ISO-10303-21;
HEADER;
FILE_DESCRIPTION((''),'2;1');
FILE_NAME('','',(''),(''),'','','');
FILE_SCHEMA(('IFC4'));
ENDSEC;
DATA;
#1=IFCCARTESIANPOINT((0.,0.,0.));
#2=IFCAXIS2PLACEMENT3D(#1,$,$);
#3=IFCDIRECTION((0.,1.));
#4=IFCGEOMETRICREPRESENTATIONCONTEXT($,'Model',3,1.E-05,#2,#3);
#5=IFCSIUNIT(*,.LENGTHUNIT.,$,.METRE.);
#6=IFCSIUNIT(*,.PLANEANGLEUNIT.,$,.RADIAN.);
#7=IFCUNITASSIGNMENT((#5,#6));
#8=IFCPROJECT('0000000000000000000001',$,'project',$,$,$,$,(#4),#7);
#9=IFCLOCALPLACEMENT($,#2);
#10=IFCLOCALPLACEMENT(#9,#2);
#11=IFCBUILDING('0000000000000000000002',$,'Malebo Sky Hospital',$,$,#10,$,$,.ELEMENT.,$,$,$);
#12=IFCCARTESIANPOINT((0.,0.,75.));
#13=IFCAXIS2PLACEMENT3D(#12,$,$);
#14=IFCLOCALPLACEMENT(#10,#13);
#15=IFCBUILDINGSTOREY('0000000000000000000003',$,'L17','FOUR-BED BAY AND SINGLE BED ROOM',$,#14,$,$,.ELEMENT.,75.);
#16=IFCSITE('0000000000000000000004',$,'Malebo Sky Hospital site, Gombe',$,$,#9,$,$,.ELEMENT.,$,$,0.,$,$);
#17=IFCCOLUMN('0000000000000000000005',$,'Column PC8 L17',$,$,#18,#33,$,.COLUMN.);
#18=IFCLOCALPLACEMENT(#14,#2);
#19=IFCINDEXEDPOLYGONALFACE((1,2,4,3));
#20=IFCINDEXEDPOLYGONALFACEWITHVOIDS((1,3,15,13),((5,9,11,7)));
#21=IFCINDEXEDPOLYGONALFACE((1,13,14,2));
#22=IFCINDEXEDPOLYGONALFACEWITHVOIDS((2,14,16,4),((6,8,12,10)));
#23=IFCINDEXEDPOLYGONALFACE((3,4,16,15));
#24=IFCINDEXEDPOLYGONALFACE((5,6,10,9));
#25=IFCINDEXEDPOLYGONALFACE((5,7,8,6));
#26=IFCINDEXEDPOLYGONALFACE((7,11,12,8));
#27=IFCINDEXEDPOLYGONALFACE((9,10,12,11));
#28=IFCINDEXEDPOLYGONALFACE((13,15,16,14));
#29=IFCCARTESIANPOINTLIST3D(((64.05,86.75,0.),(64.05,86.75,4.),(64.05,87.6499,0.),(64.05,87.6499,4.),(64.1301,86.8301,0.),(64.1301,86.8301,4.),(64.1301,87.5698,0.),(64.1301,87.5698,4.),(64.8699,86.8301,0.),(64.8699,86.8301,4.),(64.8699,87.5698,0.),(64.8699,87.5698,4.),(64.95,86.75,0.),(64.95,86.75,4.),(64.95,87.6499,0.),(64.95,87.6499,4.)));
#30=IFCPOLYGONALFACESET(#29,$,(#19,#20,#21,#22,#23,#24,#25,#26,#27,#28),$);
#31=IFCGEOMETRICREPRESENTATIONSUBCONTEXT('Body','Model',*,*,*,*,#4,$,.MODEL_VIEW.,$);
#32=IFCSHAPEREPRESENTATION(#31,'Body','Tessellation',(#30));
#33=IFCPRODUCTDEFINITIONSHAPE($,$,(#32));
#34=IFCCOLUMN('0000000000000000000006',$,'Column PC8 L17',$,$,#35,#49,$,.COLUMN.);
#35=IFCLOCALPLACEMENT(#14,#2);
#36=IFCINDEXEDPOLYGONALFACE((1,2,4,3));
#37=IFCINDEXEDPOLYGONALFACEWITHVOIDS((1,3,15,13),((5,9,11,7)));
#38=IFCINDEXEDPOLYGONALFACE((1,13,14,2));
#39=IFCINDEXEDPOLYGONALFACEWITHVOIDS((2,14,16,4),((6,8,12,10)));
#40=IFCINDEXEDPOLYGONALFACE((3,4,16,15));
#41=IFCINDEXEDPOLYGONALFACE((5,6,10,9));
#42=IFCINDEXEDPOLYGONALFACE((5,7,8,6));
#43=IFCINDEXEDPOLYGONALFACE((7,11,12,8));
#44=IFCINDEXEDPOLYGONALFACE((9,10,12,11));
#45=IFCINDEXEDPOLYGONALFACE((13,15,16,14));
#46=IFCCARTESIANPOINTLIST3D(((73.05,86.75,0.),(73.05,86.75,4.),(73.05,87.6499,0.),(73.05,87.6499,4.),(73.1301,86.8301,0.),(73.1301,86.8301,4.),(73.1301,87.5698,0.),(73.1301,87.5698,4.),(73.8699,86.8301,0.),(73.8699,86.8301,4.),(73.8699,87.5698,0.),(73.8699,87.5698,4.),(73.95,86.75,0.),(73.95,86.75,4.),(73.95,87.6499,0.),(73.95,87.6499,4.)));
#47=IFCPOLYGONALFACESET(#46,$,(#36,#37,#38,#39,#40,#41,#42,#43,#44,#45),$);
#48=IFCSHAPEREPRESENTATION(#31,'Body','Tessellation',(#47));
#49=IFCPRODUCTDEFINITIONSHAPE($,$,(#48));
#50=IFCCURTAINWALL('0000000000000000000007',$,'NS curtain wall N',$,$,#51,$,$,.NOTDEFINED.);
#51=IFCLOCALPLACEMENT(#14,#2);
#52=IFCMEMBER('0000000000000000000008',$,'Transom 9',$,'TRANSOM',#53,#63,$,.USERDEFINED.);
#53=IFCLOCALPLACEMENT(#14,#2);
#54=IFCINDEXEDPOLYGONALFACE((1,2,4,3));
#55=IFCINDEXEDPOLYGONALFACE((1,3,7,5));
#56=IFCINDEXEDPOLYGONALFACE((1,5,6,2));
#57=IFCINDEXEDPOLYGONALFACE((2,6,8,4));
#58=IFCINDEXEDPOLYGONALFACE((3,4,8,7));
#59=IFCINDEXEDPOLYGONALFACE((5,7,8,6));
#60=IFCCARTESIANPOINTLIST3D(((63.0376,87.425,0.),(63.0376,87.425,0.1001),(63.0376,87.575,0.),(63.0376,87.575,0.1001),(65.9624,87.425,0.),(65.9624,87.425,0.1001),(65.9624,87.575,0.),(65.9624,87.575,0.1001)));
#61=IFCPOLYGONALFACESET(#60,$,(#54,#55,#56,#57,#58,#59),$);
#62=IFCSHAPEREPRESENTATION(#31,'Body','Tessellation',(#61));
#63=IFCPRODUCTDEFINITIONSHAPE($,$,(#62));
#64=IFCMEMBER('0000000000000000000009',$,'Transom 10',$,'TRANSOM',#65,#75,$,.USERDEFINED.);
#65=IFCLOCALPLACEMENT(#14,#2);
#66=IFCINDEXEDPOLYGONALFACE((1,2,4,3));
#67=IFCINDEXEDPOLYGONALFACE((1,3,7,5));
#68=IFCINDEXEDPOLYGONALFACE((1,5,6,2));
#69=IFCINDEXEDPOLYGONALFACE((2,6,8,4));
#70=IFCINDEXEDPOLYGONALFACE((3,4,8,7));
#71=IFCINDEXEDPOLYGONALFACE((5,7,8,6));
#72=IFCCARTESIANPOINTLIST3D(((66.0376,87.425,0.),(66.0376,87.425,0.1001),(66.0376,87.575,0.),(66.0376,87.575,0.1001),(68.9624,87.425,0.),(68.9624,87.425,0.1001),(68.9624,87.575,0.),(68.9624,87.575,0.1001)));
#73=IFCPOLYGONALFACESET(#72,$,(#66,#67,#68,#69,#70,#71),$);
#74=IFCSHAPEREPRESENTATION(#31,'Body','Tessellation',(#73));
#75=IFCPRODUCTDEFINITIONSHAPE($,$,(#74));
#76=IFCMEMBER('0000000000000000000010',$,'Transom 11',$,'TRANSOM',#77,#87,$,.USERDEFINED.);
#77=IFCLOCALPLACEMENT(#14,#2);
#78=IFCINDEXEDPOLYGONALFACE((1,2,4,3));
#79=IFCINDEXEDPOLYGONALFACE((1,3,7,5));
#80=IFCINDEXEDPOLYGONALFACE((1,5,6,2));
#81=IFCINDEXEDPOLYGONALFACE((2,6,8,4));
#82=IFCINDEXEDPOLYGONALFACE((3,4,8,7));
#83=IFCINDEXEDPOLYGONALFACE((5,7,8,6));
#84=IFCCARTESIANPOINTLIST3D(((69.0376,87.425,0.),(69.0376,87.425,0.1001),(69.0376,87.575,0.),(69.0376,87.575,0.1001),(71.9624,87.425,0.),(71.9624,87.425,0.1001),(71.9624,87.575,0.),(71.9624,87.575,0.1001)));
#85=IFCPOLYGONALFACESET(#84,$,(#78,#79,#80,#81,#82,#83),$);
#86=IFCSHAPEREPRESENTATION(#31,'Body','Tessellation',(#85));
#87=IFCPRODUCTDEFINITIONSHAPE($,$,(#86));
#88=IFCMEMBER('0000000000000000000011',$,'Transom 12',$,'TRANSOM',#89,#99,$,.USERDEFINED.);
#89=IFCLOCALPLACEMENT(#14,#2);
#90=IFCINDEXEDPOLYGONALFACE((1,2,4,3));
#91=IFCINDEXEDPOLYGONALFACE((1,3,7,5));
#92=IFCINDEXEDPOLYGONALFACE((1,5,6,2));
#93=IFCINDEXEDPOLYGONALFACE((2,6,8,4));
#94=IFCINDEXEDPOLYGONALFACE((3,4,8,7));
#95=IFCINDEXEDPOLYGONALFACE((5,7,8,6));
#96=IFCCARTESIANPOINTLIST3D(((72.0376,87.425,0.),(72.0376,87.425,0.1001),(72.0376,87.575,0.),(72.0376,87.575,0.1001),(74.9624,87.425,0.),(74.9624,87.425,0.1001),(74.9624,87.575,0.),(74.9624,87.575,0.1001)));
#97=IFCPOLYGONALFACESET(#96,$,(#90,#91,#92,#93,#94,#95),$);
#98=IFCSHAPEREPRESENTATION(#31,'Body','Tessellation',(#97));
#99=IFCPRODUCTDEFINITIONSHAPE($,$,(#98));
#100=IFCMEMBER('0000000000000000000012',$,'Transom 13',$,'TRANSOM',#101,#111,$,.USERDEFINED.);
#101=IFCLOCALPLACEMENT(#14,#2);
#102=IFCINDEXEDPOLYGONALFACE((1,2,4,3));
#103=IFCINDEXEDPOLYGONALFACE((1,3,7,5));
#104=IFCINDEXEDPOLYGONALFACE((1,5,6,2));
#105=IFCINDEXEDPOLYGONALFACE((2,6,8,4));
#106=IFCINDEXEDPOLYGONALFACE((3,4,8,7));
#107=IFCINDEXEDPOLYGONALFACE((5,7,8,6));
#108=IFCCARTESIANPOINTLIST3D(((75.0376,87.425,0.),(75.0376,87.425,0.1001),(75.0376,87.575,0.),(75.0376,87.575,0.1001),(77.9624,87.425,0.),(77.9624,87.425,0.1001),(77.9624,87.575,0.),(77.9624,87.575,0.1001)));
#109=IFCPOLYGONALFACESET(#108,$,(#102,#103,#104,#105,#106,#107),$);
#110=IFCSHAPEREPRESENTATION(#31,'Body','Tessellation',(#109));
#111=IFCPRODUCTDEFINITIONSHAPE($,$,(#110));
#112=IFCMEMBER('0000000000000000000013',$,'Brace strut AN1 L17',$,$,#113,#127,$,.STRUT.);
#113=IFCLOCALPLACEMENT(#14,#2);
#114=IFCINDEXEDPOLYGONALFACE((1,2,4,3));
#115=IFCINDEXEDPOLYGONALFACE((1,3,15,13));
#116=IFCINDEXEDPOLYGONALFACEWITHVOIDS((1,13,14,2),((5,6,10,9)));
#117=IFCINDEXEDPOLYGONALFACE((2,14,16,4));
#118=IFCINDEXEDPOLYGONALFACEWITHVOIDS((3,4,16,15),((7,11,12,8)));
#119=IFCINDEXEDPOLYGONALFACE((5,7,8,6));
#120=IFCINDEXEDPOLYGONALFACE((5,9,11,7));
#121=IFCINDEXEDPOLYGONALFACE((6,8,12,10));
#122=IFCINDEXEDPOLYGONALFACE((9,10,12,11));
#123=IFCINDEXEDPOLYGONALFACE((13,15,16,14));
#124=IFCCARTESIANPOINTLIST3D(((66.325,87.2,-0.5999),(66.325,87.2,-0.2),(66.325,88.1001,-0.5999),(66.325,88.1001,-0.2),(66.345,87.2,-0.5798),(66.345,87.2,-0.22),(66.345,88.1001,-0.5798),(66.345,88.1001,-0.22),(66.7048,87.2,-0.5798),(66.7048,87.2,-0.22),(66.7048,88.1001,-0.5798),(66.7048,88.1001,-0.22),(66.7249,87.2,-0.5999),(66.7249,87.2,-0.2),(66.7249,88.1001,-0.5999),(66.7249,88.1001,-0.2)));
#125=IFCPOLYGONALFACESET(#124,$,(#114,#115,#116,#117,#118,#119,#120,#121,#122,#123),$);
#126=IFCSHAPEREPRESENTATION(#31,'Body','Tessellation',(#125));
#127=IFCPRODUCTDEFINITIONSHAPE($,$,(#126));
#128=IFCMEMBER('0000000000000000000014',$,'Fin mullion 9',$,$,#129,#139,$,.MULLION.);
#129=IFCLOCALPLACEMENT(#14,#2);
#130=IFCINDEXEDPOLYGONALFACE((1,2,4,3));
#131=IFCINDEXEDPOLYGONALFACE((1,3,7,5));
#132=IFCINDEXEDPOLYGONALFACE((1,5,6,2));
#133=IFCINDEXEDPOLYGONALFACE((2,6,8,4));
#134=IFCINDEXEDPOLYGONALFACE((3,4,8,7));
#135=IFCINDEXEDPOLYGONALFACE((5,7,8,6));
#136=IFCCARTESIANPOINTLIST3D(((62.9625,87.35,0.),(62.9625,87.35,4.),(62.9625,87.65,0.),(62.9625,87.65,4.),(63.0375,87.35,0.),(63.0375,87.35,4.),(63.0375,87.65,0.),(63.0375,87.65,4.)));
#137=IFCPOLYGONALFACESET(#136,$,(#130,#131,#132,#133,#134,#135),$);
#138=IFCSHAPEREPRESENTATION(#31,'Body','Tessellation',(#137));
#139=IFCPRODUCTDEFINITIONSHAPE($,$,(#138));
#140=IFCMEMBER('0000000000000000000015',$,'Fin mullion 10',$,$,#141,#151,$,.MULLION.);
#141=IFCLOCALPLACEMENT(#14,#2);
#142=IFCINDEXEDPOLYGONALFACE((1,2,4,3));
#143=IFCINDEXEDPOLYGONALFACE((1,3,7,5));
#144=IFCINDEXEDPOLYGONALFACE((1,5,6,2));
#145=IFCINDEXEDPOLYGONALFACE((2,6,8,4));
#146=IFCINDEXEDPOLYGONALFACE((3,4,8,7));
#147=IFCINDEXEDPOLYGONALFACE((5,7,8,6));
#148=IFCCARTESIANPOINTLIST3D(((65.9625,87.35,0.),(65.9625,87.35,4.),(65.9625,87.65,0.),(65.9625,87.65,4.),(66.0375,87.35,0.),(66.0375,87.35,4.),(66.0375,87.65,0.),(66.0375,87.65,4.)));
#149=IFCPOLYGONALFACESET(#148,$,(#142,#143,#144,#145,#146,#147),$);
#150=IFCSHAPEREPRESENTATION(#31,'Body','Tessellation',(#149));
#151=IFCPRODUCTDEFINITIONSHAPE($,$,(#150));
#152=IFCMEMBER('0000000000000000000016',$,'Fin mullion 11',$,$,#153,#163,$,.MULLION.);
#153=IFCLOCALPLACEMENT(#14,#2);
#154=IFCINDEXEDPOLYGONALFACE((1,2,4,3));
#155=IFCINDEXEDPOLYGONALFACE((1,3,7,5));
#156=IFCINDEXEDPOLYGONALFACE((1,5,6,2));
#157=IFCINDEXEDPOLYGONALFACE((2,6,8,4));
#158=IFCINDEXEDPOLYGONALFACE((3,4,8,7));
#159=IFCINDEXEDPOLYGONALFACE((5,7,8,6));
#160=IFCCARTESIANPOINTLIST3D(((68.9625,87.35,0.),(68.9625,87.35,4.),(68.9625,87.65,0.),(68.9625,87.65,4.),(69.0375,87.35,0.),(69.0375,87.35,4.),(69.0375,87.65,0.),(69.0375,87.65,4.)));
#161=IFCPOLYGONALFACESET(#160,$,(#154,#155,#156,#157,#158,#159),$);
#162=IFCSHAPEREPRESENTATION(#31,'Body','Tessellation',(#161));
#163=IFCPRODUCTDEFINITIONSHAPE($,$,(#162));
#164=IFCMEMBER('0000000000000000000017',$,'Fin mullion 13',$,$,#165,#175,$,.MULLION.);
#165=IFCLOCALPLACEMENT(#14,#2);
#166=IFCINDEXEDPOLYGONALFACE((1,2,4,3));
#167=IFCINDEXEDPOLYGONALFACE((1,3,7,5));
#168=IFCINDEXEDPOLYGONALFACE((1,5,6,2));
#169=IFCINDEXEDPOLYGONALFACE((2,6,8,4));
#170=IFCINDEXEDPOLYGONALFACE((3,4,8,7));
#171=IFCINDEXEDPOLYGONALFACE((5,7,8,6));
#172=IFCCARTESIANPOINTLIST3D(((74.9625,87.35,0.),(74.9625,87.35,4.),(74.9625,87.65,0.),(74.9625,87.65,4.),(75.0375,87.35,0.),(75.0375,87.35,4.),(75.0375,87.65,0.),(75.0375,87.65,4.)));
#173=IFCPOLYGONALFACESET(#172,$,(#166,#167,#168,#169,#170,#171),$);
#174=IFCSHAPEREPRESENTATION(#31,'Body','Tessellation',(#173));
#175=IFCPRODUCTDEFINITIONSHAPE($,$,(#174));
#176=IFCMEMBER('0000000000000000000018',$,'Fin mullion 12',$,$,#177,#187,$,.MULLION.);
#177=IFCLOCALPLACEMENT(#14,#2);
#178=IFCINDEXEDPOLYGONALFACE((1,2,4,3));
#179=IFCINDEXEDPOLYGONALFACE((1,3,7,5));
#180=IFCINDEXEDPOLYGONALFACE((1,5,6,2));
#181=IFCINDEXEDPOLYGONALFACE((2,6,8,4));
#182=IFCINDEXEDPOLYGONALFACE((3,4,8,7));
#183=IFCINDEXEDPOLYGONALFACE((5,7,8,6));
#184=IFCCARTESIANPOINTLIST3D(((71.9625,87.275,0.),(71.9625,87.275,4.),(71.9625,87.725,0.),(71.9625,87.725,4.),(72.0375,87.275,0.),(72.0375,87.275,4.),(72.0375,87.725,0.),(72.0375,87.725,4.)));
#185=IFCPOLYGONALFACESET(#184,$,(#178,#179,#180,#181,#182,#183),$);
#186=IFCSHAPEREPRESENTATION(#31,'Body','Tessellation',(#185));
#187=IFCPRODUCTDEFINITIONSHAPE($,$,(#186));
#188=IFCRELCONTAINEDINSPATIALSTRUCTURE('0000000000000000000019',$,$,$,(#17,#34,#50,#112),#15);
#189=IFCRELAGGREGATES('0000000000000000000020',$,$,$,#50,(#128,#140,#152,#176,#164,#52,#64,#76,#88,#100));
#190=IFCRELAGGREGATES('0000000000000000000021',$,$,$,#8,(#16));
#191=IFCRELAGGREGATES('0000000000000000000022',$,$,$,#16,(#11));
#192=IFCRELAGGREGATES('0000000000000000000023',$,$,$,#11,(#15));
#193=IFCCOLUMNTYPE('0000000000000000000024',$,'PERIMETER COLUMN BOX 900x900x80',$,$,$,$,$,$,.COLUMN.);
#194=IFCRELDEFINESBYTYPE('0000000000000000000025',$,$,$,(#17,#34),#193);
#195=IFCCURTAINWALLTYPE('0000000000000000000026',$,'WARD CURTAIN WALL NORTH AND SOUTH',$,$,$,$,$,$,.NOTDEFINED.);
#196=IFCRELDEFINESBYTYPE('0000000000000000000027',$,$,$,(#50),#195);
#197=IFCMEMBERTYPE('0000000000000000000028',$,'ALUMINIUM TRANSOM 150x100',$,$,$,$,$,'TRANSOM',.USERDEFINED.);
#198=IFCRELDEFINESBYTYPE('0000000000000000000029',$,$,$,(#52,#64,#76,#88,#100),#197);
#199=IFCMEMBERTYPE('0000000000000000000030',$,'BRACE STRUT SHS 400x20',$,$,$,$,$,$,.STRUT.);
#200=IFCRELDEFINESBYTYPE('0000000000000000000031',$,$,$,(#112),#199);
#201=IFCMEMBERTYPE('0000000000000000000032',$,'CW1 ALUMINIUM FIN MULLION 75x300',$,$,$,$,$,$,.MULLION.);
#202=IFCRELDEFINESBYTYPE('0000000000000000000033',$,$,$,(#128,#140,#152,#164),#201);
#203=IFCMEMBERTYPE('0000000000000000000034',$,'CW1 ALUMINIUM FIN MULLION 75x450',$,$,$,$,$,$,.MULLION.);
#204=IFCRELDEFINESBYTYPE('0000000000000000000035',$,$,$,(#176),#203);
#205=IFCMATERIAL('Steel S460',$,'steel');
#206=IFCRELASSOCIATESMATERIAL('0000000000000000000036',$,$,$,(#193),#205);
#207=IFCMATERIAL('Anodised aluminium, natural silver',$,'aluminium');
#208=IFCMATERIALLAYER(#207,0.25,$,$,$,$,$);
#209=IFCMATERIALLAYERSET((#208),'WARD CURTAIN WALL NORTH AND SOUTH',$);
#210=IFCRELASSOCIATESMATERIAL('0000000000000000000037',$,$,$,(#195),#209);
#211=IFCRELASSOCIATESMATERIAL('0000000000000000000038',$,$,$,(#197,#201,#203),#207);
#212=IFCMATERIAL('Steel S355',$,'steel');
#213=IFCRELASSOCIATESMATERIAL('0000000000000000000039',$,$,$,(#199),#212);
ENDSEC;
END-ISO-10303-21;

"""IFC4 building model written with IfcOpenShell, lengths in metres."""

from ifc_helpers import new_model, si_unit, direction, frame, origin, origin_2d, place, context, subcontext, project, spatial, rectangle, hollow_rectangle, extrude, material, layer, layer_set, material_profile, profile_set, type_object, element, aggregate, save


model = new_model("IFC4")

# Units and contexts
model_context = context("Model", 3, precision=1e-05, world=origin(), true_north=direction((0.0, 1.0)))
body_context = subcontext(model_context, "Body", "Model", "MODEL_VIEW")
ifc_project = project(units=[si_unit("LENGTHUNIT", "METRE"), si_unit("PLANEANGLEUNIT", "RADIAN")], contexts=[model_context])

# Site, building, storey
site_placement = place(None, origin())
site = spatial("IfcSite", under=ifc_project, at=site_placement, Name="Malebo Sky Hospital site, Gombe", CompositionType="ELEMENT", RefElevation=0.0)
building_placement = place(site_placement, origin())
building = spatial("IfcBuilding", under=site, at=building_placement, Name="Malebo Sky Hospital", CompositionType="ELEMENT")
storey_placement = place(building_placement, frame((0.0, 0.0, 75.0)))
storey = spatial("IfcBuildingStorey", under=building, at=storey_placement, Name="L17", Description="FOUR-BED BAY AND SINGLE BED ROOM", CompositionType="ELEMENT", Elevation=75.0)

# Columns
ifc_material_1 = material(Name="Steel S460", Category="steel")
ifc_material_profile_1 = material_profile(ifc_material_1, hollow_rectangle(XDim=0.8999, YDim=0.8999, WallThickness=0.0801, at=origin_2d()), Name="BOX 900x900x80")
ifc_profile_set_1 = profile_set([ifc_material_profile_1], Name="Steel S460")
column_type = type_object("IfcColumnType", Name="PERIMETER COLUMN BOX 900x900x80", PredefinedType="COLUMN", material=ifc_profile_set_1)
for number, where, z_axis, x_axis, name in (
    (1, (64.5, 87.2, 0.0), (0.0, 0.0, 1.0), (1.0, 0.0, 0.0), "Column PC8 L17"),
    (2, (73.5, 87.2, 0.0), (0.0, 0.0, 1.0), (1.0, 0.0, 0.0), "Column PC8 L17"),
):
    element("IfcColumn", number, at=place(storey_placement, frame(where, z_axis=z_axis, x_axis=x_axis)), inside=storey, type_object=column_type, Name=name, PredefinedType="COLUMN", context=body_context, shape_type="SweptSolid", body=[
        extrude(hollow_rectangle(XDim=0.8999, YDim=0.8999, WallThickness=0.0801, at=origin_2d()), origin(), (0.0, 0.0, 1.0), 4.0),
    ])

# Curtain wall, members
ifc_material_2 = material(Name="Anodised aluminium, natural silver", Category="aluminium")
ifc_layer_1 = layer(ifc_material_2, 0.25)
ifc_layer_set_1 = layer_set([ifc_layer_1], Name="WARD CURTAIN WALL NORTH AND SOUTH")
curtain_wall_type = type_object("IfcCurtainWallType", Name="WARD CURTAIN WALL NORTH AND SOUTH", PredefinedType="NOTDEFINED", material=ifc_layer_set_1)
curtain_wall_placement = place(storey_placement, origin())
curtain_wall = element("IfcCurtainWall", 3, at=curtain_wall_placement, inside=storey, type_object=curtain_wall_type, Name="NS curtain wall N", PredefinedType="NOTDEFINED")
ifc_material_profile_2 = material_profile(ifc_material_2, rectangle(XDim=0.1499, YDim=0.1001, at=origin_2d()), Name="ALUMINIUM TRANSOM 150x100")
ifc_profile_set_2 = profile_set([ifc_material_profile_2], Name="Anodised aluminium, natural silver")
member_type_1 = type_object("IfcMemberType", Name="ALUMINIUM TRANSOM 150x100", ElementType="TRANSOM", PredefinedType="USERDEFINED", material=ifc_profile_set_2)
member_1_placement = place(storey_placement, frame((63.0376, 87.5, 0.05), z_axis=(1.0, 0.0, 0.0), x_axis=(0.0, 1.0, 0.0)))
member_1 = element("IfcMember", 4, at=member_1_placement, type_object=member_type_1, Name="Transom 9", ObjectType="TRANSOM", PredefinedType="USERDEFINED", context=body_context, shape_type="SweptSolid", body=[
    extrude(rectangle(XDim=0.1499, YDim=0.1001, at=origin_2d()), origin(), (0.0, 0.0, 1.0), 2.9248),
])
member_2_placement = place(storey_placement, frame((66.0376, 87.5, 0.05), z_axis=(1.0, 0.0, 0.0), x_axis=(0.0, 1.0, 0.0)))
member_2 = element("IfcMember", 5, at=member_2_placement, type_object=member_type_1, Name="Transom 10", ObjectType="TRANSOM", PredefinedType="USERDEFINED", context=body_context, shape_type="SweptSolid", body=[
    extrude(rectangle(XDim=0.1499, YDim=0.1001, at=origin_2d()), origin(), (0.0, 0.0, 1.0), 2.9248),
])
member_3_placement = place(storey_placement, frame((69.0376, 87.5, 0.05), z_axis=(1.0, 0.0, 0.0), x_axis=(0.0, 1.0, 0.0)))
member_3 = element("IfcMember", 6, at=member_3_placement, type_object=member_type_1, Name="Transom 11", ObjectType="TRANSOM", PredefinedType="USERDEFINED", context=body_context, shape_type="SweptSolid", body=[
    extrude(rectangle(XDim=0.1499, YDim=0.1001, at=origin_2d()), origin(), (0.0, 0.0, 1.0), 2.9248),
])
member_4_placement = place(storey_placement, frame((72.0376, 87.5, 0.05), z_axis=(1.0, 0.0, 0.0), x_axis=(0.0, 1.0, 0.0)))
member_4 = element("IfcMember", 7, at=member_4_placement, type_object=member_type_1, Name="Transom 12", ObjectType="TRANSOM", PredefinedType="USERDEFINED", context=body_context, shape_type="SweptSolid", body=[
    extrude(rectangle(XDim=0.1499, YDim=0.1001, at=origin_2d()), origin(), (0.0, 0.0, 1.0), 2.9248),
])
member_5_placement = place(storey_placement, frame((75.0376, 87.5, 0.05), z_axis=(1.0, 0.0, 0.0), x_axis=(0.0, 1.0, 0.0)))
member_5 = element("IfcMember", 8, at=member_5_placement, type_object=member_type_1, Name="Transom 13", ObjectType="TRANSOM", PredefinedType="USERDEFINED", context=body_context, shape_type="SweptSolid", body=[
    extrude(rectangle(XDim=0.1499, YDim=0.1001, at=origin_2d()), origin(), (0.0, 0.0, 1.0), 2.9248),
])

# Members
ifc_material_3 = material(Name="Steel S355", Category="steel")
ifc_material_profile_3 = material_profile(ifc_material_3, hollow_rectangle(XDim=0.3999, YDim=0.3999, WallThickness=0.02, at=origin_2d()), Name="SHS 400x20")
ifc_profile_set_3 = profile_set([ifc_material_profile_3], Name="Steel S355")
member_type_2 = type_object("IfcMemberType", Name="BRACE STRUT SHS 400x20", PredefinedType="STRUT", material=ifc_profile_set_3)
member_6_placement = place(storey_placement, frame((66.5249, 88.1001, -0.3999), z_axis=(0.0, -1.0, 0.0), x_axis=(1.0, 0.0, 0.0)))
element("IfcMember", 9, at=member_6_placement, inside=storey, type_object=member_type_2, Name="Brace strut AN1 L17", PredefinedType="STRUT", context=body_context, shape_type="SweptSolid", body=[
    extrude(hollow_rectangle(XDim=0.3999, YDim=0.3999, WallThickness=0.02, at=origin_2d()), origin(), (0.0, 0.0, 1.0), 0.9001),
])
ifc_material_profile_4 = material_profile(ifc_material_2, rectangle(XDim=0.075, YDim=0.3, at=origin_2d()), Name="CW1 ALUMINIUM FIN MULLION 75x300")
ifc_profile_set_4 = profile_set([ifc_material_profile_4], Name="Anodised aluminium, natural silver")
member_type_3 = type_object("IfcMemberType", Name="CW1 ALUMINIUM FIN MULLION 75x300", PredefinedType="MULLION", material=ifc_profile_set_4)
member_7_placement = place(storey_placement, frame((63.0, 87.5, 0.0), z_axis=(0.0, 0.0, 1.0), x_axis=(1.0, 0.0, 0.0)))
member_7 = element("IfcMember", 10, at=member_7_placement, type_object=member_type_3, Name="Fin mullion 9", PredefinedType="MULLION", context=body_context, shape_type="SweptSolid", body=[
    extrude(rectangle(XDim=0.075, YDim=0.3, at=origin_2d()), origin(), (0.0, 0.0, 1.0), 4.0),
])
member_8_placement = place(storey_placement, frame((66.0, 87.5, 0.0), z_axis=(0.0, 0.0, 1.0), x_axis=(1.0, 0.0, 0.0)))
member_8 = element("IfcMember", 11, at=member_8_placement, type_object=member_type_3, Name="Fin mullion 10", PredefinedType="MULLION", context=body_context, shape_type="SweptSolid", body=[
    extrude(rectangle(XDim=0.075, YDim=0.3, at=origin_2d()), origin(), (0.0, 0.0, 1.0), 4.0),
])
member_9_placement = place(storey_placement, frame((69.0, 87.5, 0.0), z_axis=(0.0, 0.0, 1.0), x_axis=(1.0, 0.0, 0.0)))
member_9 = element("IfcMember", 12, at=member_9_placement, type_object=member_type_3, Name="Fin mullion 11", PredefinedType="MULLION", context=body_context, shape_type="SweptSolid", body=[
    extrude(rectangle(XDim=0.075, YDim=0.3, at=origin_2d()), origin(), (0.0, 0.0, 1.0), 4.0),
])
member_10_placement = place(storey_placement, frame((75.0, 87.5, 0.0), z_axis=(0.0, 0.0, 1.0), x_axis=(1.0, 0.0, 0.0)))
member_10 = element("IfcMember", 13, at=member_10_placement, type_object=member_type_3, Name="Fin mullion 13", PredefinedType="MULLION", context=body_context, shape_type="SweptSolid", body=[
    extrude(rectangle(XDim=0.075, YDim=0.3, at=origin_2d()), origin(), (0.0, 0.0, 1.0), 4.0),
])
ifc_material_profile_5 = material_profile(ifc_material_2, rectangle(XDim=0.075, YDim=0.45, at=origin_2d()), Name="CW1 ALUMINIUM FIN MULLION 75x450")
ifc_profile_set_5 = profile_set([ifc_material_profile_5], Name="Anodised aluminium, natural silver")
member_type_4 = type_object("IfcMemberType", Name="CW1 ALUMINIUM FIN MULLION 75x450", PredefinedType="MULLION", material=ifc_profile_set_5)
member_11_placement = place(storey_placement, frame((72.0, 87.5, 0.0), z_axis=(0.0, 0.0, 1.0), x_axis=(1.0, 0.0, 0.0)))
member_11 = element("IfcMember", 14, at=member_11_placement, type_object=member_type_4, Name="Fin mullion 12", PredefinedType="MULLION", context=body_context, shape_type="SweptSolid", body=[
    extrude(rectangle(XDim=0.075, YDim=0.45, at=origin_2d()), origin(), (0.0, 0.0, 1.0), 4.0),
])

aggregate(curtain_wall, [member_7, member_8, member_9, member_11, member_10, member_1, member_2, member_3, member_4, member_5])

save(model, "model.ifc")
